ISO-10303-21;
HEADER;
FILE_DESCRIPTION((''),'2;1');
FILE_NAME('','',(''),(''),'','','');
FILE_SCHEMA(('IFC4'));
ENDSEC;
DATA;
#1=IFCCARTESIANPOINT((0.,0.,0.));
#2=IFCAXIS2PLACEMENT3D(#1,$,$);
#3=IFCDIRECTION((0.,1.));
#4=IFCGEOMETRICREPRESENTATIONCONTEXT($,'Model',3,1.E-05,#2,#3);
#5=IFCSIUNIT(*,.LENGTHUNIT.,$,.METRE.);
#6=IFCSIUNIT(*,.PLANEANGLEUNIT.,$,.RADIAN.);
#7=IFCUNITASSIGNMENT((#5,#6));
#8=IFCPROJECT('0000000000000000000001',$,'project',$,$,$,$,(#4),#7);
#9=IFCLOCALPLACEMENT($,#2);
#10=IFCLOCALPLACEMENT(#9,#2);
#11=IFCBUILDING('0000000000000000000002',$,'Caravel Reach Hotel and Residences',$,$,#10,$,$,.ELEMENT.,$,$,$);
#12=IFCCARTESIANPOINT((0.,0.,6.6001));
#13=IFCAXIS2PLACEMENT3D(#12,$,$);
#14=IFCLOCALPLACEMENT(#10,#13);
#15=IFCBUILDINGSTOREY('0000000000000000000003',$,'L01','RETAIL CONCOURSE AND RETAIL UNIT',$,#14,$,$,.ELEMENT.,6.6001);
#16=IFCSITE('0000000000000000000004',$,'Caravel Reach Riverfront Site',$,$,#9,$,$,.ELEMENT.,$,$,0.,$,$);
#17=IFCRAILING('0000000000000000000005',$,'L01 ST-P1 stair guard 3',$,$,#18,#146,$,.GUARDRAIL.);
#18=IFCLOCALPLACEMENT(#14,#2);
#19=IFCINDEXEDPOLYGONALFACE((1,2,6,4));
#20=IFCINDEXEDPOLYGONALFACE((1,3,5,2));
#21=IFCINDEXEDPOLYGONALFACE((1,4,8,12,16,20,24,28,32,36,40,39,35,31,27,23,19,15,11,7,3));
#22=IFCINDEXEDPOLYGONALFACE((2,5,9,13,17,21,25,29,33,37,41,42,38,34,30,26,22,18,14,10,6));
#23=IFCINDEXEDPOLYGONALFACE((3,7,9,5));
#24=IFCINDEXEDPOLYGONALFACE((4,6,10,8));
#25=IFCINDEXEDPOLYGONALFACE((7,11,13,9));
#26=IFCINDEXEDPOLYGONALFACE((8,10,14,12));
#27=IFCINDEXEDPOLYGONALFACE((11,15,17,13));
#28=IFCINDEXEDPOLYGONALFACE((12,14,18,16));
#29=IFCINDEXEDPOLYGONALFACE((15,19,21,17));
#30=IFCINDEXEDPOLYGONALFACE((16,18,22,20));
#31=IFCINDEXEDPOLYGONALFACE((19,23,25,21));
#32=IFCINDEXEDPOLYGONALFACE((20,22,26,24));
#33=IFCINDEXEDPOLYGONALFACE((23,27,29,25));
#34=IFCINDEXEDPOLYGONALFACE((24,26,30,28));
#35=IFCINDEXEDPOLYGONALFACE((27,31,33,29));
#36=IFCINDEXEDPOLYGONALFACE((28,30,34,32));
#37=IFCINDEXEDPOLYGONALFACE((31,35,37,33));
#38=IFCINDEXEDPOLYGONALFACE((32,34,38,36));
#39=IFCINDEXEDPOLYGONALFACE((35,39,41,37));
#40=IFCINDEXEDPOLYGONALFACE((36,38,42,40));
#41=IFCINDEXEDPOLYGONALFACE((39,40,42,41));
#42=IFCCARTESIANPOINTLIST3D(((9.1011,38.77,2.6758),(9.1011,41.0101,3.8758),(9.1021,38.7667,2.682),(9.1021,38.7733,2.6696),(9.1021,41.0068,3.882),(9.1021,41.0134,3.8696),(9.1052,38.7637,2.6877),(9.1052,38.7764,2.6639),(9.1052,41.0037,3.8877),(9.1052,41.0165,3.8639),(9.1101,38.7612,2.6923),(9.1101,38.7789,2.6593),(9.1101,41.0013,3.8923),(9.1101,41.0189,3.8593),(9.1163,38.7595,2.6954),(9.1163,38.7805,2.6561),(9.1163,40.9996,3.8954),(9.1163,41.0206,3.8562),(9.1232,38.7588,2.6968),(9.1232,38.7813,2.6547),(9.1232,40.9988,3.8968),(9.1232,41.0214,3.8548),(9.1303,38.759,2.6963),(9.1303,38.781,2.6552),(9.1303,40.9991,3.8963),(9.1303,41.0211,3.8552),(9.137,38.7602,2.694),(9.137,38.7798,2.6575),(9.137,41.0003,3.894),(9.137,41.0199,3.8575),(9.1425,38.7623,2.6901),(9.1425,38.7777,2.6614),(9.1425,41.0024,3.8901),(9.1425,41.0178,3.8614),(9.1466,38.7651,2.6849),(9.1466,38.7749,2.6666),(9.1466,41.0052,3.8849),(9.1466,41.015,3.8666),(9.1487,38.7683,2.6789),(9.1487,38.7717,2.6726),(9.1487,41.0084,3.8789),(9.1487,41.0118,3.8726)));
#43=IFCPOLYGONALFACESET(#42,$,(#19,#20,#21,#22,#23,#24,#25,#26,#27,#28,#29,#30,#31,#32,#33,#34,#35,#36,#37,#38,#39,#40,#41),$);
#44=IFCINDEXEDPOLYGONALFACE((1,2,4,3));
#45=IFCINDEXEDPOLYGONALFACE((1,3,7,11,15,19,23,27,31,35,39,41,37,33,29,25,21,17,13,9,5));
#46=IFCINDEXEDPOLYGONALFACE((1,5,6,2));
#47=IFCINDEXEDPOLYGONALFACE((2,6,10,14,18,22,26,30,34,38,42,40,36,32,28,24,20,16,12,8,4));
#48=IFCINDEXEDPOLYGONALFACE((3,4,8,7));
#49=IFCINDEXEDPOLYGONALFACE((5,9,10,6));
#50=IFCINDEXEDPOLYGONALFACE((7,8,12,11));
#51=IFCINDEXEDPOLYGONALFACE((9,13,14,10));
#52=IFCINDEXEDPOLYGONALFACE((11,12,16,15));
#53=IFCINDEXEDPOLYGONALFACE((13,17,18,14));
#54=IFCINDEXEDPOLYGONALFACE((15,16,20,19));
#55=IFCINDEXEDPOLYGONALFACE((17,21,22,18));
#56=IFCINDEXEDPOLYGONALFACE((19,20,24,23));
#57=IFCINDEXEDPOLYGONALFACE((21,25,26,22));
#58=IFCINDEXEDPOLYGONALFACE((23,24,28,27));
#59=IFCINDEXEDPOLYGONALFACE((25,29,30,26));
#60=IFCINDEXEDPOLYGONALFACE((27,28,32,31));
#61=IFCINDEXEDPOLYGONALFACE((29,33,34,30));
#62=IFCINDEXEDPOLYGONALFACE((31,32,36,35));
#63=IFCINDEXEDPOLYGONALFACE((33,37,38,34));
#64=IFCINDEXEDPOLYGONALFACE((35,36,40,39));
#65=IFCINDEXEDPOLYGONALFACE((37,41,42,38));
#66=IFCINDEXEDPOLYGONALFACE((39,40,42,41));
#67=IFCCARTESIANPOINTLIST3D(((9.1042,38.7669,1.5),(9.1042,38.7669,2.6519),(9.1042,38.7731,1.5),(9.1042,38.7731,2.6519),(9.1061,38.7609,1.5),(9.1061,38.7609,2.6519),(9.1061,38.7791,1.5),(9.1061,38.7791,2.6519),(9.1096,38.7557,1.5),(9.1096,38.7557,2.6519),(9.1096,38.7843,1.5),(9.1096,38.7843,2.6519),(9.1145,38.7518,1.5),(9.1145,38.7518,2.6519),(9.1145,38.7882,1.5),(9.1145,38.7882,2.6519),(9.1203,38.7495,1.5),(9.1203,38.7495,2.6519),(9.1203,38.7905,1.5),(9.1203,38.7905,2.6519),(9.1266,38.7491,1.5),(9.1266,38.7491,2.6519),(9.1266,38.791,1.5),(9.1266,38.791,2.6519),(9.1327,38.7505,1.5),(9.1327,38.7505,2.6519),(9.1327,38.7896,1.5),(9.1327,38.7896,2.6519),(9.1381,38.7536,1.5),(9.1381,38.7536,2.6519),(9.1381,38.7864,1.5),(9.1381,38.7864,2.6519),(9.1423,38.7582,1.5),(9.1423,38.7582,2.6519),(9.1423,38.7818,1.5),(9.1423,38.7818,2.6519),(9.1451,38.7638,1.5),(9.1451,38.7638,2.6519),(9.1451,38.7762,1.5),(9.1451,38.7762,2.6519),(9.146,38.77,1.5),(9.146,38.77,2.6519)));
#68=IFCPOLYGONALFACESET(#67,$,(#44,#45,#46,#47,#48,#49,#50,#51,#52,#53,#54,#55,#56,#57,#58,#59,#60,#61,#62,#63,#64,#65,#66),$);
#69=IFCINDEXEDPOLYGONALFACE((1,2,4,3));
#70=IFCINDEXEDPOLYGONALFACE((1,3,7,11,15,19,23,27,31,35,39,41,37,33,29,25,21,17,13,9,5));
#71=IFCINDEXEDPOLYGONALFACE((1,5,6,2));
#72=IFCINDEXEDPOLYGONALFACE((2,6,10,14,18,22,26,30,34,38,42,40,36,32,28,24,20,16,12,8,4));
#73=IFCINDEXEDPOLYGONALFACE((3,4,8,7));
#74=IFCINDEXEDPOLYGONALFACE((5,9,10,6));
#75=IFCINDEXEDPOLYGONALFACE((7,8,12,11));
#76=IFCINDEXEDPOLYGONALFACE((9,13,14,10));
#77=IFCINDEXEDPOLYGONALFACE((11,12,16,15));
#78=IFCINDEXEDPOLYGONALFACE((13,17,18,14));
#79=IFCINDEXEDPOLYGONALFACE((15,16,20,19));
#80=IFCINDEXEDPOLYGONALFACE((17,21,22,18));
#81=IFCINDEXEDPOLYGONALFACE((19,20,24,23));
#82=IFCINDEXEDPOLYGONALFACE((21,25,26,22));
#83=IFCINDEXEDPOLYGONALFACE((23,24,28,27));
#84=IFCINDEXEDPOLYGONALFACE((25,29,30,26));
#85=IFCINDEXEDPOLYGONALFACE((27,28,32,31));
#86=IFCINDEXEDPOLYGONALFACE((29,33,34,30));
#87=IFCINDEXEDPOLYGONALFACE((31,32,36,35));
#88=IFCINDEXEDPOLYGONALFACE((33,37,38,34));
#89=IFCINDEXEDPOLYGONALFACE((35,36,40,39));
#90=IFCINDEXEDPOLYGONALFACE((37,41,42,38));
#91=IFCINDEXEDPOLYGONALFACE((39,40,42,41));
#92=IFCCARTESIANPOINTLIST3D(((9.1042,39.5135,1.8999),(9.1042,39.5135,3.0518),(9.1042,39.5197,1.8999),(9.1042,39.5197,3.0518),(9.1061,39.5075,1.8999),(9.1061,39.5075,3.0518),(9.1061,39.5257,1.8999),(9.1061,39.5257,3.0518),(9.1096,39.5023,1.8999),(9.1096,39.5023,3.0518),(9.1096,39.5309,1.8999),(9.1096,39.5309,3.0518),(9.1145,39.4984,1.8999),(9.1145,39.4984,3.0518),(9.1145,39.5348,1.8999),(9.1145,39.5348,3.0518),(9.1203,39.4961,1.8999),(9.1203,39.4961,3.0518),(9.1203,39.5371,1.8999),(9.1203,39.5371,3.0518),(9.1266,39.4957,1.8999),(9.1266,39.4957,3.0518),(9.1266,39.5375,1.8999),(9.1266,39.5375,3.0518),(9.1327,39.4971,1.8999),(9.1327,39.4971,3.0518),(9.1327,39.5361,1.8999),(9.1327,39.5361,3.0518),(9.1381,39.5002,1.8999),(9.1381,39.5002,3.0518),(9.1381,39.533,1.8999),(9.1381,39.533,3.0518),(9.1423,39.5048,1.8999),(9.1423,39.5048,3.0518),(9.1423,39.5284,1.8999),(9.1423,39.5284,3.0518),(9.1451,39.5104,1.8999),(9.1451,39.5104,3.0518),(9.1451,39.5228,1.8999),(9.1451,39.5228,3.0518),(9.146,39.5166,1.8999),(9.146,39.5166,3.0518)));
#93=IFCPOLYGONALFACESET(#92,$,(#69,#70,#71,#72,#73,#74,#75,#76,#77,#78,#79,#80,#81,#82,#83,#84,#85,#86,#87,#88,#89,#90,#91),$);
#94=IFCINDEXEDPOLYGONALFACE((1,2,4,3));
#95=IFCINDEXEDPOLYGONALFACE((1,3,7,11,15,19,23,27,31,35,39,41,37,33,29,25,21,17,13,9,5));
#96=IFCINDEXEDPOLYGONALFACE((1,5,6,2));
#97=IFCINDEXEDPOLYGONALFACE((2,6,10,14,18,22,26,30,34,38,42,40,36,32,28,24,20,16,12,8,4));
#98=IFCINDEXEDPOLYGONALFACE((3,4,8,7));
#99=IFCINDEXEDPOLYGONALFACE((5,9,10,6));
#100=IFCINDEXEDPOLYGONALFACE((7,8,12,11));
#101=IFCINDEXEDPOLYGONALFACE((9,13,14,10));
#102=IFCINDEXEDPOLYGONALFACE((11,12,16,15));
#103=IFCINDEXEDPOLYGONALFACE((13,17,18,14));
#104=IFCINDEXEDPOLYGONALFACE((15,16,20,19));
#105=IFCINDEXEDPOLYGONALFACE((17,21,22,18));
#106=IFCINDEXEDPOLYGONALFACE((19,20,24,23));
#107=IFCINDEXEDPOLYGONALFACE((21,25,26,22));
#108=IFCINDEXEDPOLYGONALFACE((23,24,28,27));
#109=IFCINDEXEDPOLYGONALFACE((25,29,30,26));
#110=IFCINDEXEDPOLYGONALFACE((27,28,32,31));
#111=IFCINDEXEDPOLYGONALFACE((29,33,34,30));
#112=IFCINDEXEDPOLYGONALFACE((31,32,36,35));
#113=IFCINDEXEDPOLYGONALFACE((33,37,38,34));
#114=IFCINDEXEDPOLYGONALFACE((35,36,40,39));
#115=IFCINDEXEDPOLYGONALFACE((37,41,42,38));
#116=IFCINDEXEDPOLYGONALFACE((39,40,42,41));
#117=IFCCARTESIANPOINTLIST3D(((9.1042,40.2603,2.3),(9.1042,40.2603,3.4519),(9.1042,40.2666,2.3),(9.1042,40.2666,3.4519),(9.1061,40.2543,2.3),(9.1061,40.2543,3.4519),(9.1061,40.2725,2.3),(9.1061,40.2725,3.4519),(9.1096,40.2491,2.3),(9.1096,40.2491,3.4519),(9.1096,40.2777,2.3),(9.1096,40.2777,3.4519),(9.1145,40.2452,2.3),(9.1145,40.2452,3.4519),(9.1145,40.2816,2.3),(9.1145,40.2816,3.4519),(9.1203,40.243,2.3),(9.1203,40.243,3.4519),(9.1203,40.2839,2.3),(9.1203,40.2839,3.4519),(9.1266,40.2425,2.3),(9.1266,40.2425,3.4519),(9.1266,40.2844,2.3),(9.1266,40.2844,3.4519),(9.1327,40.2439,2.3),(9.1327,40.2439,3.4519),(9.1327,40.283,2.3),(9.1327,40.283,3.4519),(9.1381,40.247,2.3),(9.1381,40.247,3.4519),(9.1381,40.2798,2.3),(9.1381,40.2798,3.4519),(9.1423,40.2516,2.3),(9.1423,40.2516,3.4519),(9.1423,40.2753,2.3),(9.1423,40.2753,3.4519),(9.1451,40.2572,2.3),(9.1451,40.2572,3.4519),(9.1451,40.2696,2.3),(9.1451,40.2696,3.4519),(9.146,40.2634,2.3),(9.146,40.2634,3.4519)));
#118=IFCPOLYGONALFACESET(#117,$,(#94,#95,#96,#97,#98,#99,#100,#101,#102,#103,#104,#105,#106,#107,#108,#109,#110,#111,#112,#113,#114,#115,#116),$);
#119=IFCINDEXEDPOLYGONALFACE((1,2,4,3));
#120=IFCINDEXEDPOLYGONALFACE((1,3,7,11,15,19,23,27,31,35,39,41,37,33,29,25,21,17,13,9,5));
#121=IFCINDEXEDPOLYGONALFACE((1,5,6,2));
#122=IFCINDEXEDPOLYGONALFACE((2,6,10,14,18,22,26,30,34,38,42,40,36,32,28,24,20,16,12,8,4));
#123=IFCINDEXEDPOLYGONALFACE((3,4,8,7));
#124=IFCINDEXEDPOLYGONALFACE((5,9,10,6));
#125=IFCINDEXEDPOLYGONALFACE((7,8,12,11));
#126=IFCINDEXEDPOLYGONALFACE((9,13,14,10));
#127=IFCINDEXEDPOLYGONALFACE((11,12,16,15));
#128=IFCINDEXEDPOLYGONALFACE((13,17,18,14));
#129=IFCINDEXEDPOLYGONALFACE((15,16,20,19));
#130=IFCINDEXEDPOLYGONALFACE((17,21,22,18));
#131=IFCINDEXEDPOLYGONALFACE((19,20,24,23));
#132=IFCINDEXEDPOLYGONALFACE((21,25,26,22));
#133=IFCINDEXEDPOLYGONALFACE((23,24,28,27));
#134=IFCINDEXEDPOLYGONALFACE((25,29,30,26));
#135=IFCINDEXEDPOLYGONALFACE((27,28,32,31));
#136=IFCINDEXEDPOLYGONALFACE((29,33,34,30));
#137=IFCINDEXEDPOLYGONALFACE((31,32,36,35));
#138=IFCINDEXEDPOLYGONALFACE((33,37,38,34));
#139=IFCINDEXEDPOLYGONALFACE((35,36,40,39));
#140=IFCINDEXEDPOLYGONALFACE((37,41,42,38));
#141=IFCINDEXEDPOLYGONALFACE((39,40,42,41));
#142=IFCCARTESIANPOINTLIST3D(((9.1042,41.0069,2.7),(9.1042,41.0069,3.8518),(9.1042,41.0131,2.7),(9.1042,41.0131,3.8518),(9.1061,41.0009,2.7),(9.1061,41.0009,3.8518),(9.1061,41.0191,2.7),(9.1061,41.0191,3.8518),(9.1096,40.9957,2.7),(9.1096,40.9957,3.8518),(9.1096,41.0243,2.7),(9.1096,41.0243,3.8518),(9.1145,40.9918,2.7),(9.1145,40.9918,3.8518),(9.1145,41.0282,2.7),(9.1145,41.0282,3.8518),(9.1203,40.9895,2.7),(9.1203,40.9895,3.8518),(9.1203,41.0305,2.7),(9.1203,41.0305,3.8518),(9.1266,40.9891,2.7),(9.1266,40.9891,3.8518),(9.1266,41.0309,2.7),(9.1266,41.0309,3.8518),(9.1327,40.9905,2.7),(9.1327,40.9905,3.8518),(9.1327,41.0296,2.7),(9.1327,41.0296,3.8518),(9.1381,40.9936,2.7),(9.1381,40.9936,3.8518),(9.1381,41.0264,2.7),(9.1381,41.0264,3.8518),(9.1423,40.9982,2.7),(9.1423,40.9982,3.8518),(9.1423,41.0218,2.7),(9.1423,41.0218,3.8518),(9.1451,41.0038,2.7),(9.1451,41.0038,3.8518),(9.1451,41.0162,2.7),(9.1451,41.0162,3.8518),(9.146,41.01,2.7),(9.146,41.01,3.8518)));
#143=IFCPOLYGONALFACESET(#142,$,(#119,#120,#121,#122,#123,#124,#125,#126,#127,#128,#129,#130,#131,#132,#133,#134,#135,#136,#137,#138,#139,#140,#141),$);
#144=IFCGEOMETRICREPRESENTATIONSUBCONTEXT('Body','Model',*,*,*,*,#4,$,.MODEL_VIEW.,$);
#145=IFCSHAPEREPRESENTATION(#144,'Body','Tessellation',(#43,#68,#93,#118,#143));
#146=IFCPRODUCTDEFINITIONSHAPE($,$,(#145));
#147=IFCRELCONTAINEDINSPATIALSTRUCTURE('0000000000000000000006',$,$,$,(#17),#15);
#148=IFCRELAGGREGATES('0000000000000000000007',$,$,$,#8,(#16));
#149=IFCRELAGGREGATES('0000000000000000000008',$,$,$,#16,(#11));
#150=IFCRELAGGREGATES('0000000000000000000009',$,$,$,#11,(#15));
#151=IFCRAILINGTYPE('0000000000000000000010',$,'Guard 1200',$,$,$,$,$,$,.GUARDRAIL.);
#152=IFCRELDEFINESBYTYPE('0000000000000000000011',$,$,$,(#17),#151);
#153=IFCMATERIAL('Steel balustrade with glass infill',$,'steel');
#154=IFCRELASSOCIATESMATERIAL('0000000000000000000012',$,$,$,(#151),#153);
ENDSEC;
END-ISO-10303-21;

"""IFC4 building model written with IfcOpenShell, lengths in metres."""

from ifc_helpers import new_model, si_unit, direction, frame, origin, origin_2d, place, context, subcontext, project, spatial, circle, extrude, material, type_object, element, save


model = new_model("IFC4")

# Units and contexts
model_context = context("Model", 3, precision=1e-05, world=origin(), true_north=direction((0.0, 1.0)))
body_context = subcontext(model_context, "Body", "Model", "MODEL_VIEW")
ifc_project = project(units=[si_unit("LENGTHUNIT", "METRE"), si_unit("PLANEANGLEUNIT", "RADIAN")], contexts=[model_context])

# Site, building, storey
site_placement = place(None, origin())
site = spatial("IfcSite", under=ifc_project, at=site_placement, Name="Caravel Reach Riverfront Site", CompositionType="ELEMENT", RefElevation=0.0)
building_placement = place(site_placement, origin())
building = spatial("IfcBuilding", under=site, at=building_placement, Name="Caravel Reach Hotel and Residences", CompositionType="ELEMENT")
storey_placement = place(building_placement, frame((0.0, 0.0, 6.6001)))
storey = spatial("IfcBuildingStorey", under=building, at=storey_placement, Name="L01", Description="RETAIL CONCOURSE AND RETAIL UNIT", CompositionType="ELEMENT", Elevation=6.6001)

# Railing
ifc_material_1 = material(Name="Steel balustrade with glass infill", Category="steel")
railing_type_1 = type_object("IfcRailingType", Name="Guard 1200", PredefinedType="GUARDRAIL", material=ifc_material_1)
railing_1_placement = place(storey_placement, frame((9.125, 38.77, 1.5)))
element("IfcRailing", 1, at=railing_1_placement, inside=storey, type_object=railing_type_1, Name="L01 ST-P1 stair guard 3", PredefinedType="GUARDRAIL", context=body_context, shape_type="SweptSolid", body=[
    extrude(circle(Radius=0.0239, at=origin_2d()), frame((0.0, 0.0, 1.1758), z_axis=(0.0, 0.881487, 0.472208), x_axis=(-1.0, 0.0, 0.0)), (0.0, 0.0, 1.0), 2.5413),
    extrude(circle(Radius=0.021, at=origin_2d()), origin(), (0.0, 0.0, 1.0), 1.1519),
    extrude(circle(Radius=0.021, at=origin_2d()), frame((0.0, 0.7466, 0.3999)), (0.0, 0.0, 1.0), 1.1519),
    extrude(circle(Radius=0.021, at=origin_2d()), frame((0.0, 1.4934, 0.8)), (0.0, 0.0, 1.0), 1.1519),
    extrude(circle(Radius=0.021, at=origin_2d()), frame((0.0, 2.24, 1.2)), (0.0, 0.0, 1.0), 1.1519),
])

save(model, "model.ifc")
